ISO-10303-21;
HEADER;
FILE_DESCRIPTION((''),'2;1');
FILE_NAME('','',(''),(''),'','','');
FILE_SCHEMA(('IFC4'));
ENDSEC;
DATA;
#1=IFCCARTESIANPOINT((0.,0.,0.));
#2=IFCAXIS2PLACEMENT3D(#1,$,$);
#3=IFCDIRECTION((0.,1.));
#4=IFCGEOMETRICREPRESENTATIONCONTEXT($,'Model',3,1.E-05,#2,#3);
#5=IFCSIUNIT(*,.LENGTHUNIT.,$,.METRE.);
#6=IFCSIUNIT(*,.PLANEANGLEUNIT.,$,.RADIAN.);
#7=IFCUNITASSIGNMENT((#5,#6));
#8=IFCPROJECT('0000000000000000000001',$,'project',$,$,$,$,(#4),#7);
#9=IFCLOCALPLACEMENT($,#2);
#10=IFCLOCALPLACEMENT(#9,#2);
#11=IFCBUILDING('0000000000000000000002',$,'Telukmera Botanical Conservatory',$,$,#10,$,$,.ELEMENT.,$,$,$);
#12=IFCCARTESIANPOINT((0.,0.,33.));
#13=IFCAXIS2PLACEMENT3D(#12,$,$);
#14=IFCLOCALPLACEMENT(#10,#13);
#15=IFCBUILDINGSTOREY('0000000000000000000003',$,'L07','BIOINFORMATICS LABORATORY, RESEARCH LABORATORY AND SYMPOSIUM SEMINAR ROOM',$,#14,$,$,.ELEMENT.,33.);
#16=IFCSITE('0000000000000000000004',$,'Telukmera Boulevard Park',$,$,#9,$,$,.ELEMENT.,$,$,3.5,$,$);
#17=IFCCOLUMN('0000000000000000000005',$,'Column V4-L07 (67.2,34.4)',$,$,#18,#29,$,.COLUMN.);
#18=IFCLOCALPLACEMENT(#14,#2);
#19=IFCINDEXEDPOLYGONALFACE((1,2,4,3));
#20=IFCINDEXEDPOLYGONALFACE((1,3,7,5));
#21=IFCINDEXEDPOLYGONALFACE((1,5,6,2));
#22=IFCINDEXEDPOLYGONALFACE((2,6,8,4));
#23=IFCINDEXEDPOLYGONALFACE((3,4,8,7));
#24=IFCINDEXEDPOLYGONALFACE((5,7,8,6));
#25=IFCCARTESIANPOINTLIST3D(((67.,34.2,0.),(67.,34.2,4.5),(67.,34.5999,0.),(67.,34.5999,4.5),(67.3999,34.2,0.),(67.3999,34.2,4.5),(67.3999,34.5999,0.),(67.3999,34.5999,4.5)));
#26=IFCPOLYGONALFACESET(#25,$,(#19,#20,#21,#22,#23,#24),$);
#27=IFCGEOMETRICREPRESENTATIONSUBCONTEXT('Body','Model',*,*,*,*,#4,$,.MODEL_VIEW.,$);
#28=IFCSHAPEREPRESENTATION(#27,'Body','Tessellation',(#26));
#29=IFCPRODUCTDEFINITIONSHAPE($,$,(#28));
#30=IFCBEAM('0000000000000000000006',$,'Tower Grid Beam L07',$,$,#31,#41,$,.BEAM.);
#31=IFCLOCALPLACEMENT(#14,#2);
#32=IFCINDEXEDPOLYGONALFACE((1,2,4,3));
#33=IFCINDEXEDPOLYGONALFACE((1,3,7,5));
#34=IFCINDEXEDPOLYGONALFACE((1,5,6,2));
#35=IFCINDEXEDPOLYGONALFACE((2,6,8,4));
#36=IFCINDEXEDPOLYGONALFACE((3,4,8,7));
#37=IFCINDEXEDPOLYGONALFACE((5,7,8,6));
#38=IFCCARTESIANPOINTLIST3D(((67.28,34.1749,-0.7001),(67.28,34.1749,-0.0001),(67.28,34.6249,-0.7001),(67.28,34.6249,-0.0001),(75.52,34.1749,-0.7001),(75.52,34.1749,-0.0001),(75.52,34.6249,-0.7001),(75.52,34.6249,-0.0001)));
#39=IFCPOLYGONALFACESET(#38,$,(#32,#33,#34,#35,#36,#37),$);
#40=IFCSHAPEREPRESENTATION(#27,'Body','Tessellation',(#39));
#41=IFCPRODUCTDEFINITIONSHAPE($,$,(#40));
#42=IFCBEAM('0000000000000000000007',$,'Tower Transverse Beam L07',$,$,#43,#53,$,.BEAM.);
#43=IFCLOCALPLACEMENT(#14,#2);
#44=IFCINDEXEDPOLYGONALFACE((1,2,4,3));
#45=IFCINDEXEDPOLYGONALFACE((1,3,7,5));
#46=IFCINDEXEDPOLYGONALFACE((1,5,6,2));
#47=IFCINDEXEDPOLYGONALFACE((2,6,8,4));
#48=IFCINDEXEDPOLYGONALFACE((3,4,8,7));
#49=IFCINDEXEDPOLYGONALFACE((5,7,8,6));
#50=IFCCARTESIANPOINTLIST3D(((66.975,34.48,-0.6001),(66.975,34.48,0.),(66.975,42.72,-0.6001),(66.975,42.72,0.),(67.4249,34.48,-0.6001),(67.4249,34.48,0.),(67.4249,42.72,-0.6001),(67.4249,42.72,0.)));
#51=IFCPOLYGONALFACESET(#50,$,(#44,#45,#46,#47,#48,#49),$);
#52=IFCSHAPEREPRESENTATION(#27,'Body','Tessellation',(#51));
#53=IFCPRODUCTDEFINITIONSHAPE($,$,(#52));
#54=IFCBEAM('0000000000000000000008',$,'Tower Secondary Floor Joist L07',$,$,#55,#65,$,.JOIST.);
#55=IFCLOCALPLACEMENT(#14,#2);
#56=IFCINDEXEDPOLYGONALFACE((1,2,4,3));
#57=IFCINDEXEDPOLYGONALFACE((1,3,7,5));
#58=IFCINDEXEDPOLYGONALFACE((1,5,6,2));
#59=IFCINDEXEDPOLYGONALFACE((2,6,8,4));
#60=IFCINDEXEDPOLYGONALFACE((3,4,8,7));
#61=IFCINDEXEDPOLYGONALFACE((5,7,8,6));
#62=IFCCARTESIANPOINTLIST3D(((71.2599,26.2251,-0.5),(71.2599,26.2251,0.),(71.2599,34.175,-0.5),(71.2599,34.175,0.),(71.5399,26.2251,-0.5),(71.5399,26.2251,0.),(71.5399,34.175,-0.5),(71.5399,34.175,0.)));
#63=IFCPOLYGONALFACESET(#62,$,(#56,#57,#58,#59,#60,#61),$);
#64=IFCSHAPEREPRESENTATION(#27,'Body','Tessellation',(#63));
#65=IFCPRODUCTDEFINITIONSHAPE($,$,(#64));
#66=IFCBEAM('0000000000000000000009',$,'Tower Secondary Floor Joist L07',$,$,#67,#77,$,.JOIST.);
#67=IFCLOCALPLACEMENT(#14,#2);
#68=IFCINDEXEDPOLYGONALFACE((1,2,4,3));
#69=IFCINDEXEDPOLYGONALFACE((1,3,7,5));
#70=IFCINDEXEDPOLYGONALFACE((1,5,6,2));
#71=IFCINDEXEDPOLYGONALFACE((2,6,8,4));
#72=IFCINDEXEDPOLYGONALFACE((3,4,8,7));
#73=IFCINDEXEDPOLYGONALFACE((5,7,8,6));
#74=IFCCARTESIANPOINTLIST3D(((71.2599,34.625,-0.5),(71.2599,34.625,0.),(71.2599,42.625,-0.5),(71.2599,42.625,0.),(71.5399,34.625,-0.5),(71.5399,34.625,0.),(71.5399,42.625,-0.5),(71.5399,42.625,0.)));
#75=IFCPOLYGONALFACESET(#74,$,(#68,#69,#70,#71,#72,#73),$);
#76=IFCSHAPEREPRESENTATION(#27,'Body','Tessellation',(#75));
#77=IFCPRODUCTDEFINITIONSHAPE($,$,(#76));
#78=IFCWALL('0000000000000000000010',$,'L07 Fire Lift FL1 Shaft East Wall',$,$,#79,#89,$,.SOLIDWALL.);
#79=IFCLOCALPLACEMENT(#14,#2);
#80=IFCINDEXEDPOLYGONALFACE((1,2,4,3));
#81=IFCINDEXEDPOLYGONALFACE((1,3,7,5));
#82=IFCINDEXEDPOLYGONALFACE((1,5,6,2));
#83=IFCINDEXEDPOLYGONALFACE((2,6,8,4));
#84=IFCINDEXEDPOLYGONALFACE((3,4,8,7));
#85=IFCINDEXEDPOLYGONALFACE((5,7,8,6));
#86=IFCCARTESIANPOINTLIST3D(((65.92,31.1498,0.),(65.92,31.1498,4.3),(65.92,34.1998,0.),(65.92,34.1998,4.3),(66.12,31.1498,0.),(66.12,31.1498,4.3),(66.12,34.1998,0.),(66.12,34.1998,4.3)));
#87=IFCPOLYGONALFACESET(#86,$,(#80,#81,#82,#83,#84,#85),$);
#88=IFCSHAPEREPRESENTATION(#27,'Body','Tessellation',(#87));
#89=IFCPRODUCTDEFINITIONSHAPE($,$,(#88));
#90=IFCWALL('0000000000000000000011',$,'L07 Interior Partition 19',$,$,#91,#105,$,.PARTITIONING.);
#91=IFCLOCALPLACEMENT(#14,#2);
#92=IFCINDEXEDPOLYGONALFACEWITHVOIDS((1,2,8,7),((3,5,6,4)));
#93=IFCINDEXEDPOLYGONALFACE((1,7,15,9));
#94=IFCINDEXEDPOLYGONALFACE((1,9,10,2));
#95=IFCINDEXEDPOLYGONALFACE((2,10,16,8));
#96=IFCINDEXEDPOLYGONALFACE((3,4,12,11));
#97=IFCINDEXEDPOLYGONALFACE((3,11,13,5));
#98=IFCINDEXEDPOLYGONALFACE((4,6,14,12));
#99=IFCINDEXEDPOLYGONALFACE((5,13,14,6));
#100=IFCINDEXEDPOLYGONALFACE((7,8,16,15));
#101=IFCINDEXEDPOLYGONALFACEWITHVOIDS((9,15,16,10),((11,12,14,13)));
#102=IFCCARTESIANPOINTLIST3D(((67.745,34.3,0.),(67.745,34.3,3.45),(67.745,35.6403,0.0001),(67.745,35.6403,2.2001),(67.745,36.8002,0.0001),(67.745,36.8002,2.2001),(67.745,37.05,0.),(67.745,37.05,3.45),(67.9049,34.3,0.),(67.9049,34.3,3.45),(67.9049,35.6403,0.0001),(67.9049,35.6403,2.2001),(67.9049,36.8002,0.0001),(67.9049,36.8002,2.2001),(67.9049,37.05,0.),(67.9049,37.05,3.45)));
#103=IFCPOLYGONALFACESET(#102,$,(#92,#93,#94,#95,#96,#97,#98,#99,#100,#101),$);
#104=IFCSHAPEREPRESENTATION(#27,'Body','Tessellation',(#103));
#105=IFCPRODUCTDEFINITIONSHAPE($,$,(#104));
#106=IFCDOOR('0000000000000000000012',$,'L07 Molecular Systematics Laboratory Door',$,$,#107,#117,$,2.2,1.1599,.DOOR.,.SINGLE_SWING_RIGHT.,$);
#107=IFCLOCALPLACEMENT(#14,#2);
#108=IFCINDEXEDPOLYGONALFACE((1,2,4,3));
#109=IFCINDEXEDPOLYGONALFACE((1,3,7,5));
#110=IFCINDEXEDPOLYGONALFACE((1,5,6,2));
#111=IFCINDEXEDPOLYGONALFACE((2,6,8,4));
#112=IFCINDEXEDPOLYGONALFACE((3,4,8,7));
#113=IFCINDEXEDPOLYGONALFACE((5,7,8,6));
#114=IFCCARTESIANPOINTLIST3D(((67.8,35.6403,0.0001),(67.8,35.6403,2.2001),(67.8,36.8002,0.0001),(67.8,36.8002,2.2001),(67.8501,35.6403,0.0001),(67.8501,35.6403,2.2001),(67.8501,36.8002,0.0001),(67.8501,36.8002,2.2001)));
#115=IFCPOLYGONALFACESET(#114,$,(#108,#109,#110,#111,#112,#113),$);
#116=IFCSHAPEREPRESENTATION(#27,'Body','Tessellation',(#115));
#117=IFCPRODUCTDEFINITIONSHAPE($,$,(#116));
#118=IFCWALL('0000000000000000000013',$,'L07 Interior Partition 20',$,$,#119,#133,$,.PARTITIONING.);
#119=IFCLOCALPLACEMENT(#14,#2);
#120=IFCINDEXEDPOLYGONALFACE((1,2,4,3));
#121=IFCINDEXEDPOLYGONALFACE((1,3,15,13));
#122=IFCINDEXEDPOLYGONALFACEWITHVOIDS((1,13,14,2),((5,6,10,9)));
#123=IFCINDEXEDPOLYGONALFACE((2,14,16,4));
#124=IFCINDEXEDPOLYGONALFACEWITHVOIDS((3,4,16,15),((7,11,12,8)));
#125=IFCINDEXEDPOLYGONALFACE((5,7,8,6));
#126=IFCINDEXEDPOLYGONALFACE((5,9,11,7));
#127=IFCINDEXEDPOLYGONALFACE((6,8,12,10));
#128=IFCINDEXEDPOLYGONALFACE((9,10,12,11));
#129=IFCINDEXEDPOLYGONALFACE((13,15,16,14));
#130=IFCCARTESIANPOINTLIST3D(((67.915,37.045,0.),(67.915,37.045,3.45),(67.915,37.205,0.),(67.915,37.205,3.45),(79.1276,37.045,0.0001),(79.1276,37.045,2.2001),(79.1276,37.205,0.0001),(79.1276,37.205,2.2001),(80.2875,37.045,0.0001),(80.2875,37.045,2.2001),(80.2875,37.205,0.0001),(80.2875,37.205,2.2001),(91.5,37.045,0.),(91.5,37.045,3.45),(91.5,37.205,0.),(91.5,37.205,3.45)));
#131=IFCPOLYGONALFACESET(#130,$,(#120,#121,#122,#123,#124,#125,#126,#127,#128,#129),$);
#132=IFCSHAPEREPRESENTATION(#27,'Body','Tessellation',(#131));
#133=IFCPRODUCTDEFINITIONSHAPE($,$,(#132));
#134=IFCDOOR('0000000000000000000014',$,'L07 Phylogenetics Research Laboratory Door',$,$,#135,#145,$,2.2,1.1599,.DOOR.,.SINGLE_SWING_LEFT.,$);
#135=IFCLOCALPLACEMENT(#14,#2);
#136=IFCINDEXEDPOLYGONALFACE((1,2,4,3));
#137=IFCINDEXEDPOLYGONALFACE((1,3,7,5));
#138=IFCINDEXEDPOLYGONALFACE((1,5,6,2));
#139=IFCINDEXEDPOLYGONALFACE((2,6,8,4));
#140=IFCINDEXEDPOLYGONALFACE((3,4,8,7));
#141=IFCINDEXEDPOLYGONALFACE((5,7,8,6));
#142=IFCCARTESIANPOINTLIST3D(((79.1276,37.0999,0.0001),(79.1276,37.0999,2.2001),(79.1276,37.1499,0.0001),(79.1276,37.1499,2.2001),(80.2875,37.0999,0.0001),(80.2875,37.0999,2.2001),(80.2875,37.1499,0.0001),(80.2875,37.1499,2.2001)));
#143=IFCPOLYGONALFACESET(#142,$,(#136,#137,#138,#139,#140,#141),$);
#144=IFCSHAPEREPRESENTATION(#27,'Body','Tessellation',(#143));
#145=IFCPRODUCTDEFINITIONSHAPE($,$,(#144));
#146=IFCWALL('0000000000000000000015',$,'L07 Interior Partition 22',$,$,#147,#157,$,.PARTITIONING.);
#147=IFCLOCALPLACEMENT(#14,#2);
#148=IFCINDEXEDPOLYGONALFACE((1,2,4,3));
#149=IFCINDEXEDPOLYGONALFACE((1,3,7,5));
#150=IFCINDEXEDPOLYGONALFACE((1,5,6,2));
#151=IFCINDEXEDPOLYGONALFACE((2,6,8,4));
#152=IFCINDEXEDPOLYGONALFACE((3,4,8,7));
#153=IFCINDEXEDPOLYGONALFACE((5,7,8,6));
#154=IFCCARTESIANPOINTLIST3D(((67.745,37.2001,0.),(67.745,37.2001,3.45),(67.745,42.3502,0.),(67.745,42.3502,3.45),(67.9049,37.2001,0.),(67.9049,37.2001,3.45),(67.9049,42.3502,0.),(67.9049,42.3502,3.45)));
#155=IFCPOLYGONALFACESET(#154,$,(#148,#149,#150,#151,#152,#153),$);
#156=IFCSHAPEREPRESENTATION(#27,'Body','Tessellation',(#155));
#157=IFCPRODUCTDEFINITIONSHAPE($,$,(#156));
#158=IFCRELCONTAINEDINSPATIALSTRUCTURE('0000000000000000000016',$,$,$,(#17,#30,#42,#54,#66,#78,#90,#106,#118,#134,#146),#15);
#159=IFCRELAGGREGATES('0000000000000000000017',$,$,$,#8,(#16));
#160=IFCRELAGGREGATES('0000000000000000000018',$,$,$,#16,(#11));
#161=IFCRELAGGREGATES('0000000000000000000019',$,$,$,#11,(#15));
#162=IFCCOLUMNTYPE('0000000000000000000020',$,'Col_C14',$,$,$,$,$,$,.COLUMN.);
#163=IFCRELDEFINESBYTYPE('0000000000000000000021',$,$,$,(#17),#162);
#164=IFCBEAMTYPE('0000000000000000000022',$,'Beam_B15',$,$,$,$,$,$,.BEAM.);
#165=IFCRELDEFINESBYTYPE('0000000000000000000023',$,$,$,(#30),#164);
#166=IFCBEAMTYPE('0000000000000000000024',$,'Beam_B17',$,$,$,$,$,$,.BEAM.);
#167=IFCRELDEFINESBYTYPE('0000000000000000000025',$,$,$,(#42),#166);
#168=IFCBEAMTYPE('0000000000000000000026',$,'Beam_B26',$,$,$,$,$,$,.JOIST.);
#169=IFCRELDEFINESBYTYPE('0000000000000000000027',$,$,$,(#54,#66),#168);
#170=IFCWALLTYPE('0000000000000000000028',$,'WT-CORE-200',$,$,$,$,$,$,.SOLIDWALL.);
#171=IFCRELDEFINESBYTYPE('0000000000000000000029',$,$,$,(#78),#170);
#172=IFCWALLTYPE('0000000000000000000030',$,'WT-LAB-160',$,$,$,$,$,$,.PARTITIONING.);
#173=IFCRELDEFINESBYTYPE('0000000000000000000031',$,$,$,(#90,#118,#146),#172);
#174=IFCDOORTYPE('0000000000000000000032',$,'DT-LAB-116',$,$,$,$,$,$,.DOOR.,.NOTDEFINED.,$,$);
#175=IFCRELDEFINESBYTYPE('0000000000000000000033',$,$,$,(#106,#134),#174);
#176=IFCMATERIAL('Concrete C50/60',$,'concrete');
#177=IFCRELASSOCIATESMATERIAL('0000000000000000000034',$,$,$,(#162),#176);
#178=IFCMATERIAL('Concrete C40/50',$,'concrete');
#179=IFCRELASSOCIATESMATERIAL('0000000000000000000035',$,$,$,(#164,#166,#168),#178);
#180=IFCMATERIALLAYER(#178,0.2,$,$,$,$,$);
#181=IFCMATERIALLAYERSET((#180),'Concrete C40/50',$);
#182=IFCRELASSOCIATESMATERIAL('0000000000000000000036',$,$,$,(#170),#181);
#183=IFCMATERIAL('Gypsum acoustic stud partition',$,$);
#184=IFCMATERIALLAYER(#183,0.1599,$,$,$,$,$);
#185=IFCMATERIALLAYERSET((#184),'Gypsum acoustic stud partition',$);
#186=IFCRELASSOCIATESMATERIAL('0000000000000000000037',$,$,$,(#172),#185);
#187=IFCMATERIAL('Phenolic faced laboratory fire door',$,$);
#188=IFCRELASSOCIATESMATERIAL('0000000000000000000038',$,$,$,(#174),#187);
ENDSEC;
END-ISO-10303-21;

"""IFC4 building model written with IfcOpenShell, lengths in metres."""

from ifc_helpers import new_model, si_unit, direction, frame, frame_2d, origin, origin_2d, place, context, subcontext, project, spatial, rectangle, extrude, material, layer, layer_set, material_profile, profile_set, type_object, element, fill, save


model = new_model("IFC4")

# Units and contexts
model_context = context("Model", 3, precision=1e-05, world=origin(), true_north=direction((0.0, 1.0)))
body_context = subcontext(model_context, "Body", "Model", "MODEL_VIEW")
ifc_project = project(units=[si_unit("LENGTHUNIT", "METRE"), si_unit("PLANEANGLEUNIT", "RADIAN")], contexts=[model_context])

# Site, building, storey
site_placement = place(None, origin())
site = spatial("IfcSite", under=ifc_project, at=site_placement, Name="Telukmera Boulevard Park", CompositionType="ELEMENT", RefElevation=3.5)
building_placement = place(site_placement, origin())
building = spatial("IfcBuilding", under=site, at=building_placement, Name="Telukmera Botanical Conservatory", CompositionType="ELEMENT")
storey_placement = place(building_placement, frame((0.0, 0.0, 33.0)))
storey = spatial("IfcBuildingStorey", under=building, at=storey_placement, Name="L07", Description="BIOINFORMATICS LABORATORY, RESEARCH LABORATORY AND SYMPOSIUM SEMINAR ROOM", CompositionType="ELEMENT", Elevation=33.0)

# Column
ifc_material_1 = material(Name="Concrete C50/60", Category="concrete")
ifc_material_profile_1 = material_profile(ifc_material_1, rectangle(XDim=0.3999, YDim=0.3999, at=origin_2d()), Name="RC 400x400")
ifc_profile_set_1 = profile_set([ifc_material_profile_1], Name="Concrete C50/60")
column_type = type_object("IfcColumnType", Name="Col_C14", PredefinedType="COLUMN", material=ifc_profile_set_1)
column_placement = place(storey_placement, frame((67.2, 34.3999, 0.0), z_axis=(0.0, 0.0, 1.0), x_axis=(1.0, 0.0, 0.0)))
element("IfcColumn", 1, at=column_placement, inside=storey, type_object=column_type, Name="Column V4-L07 (67.2,34.4)", PredefinedType="COLUMN", context=body_context, shape_type="SweptSolid", body=[
    extrude(rectangle(XDim=0.3999, YDim=0.3999, at=origin_2d()), origin(), (0.0, 0.0, 1.0), 4.5),
])

# Beams
ifc_material_2 = material(Name="Concrete C40/50", Category="concrete")
ifc_material_profile_2 = material_profile(ifc_material_2, rectangle(XDim=0.45, YDim=0.7, at=origin_2d()), Name="RC 450x700")
ifc_profile_set_2 = profile_set([ifc_material_profile_2], Name="Concrete C40/50")
beam_type_1 = type_object("IfcBeamType", Name="Beam_B15", PredefinedType="BEAM", material=ifc_profile_set_2)
beam_1_placement = place(storey_placement, frame((67.28, 34.3999, -0.3501), z_axis=(1.0, 0.0, 0.0), x_axis=(0.0, 1.0, 0.0)))
element("IfcBeam", 2, at=beam_1_placement, inside=storey, type_object=beam_type_1, Name="Tower Grid Beam L07", PredefinedType="BEAM", context=body_context, shape_type="SweptSolid", body=[
    extrude(rectangle(XDim=0.45, YDim=0.7, at=origin_2d()), origin(), (0.0, 0.0, 1.0), 8.24),
])
ifc_material_profile_3 = material_profile(ifc_material_2, rectangle(XDim=0.45, YDim=0.6001, at=origin_2d()), Name="RC 450x600")
ifc_profile_set_3 = profile_set([ifc_material_profile_3], Name="Concrete C40/50")
beam_type_2 = type_object("IfcBeamType", Name="Beam_B17", PredefinedType="BEAM", material=ifc_profile_set_3)
beam_2_placement = place(storey_placement, frame((67.2, 34.48, -0.3), z_axis=(0.0, 1.0, 0.0), x_axis=(-1.0, 0.0, 0.0)))
element("IfcBeam", 3, at=beam_2_placement, inside=storey, type_object=beam_type_2, Name="Tower Transverse Beam L07", PredefinedType="BEAM", context=body_context, shape_type="SweptSolid", body=[
    extrude(rectangle(XDim=0.45, YDim=0.6001, at=origin_2d()), origin(), (0.0, 0.0, 1.0), 8.24),
])
ifc_material_profile_4 = material_profile(ifc_material_2, rectangle(XDim=0.28, YDim=0.5, at=origin_2d()), Name="RC 280x500")
ifc_profile_set_4 = profile_set([ifc_material_profile_4], Name="Concrete C40/50")
beam_type_3 = type_object("IfcBeamType", Name="Beam_B26", PredefinedType="JOIST", material=ifc_profile_set_4)
beam_3_placement = place(storey_placement, frame((71.3999, 26.2251, -0.25), z_axis=(0.0, 1.0, 0.0), x_axis=(-1.0, 0.0, 0.0)))
element("IfcBeam", 4, at=beam_3_placement, inside=storey, type_object=beam_type_3, Name="Tower Secondary Floor Joist L07", PredefinedType="JOIST", context=body_context, shape_type="SweptSolid", body=[
    extrude(rectangle(XDim=0.28, YDim=0.5, at=origin_2d()), origin(), (0.0, 0.0, 1.0), 7.95),
])
beam_4_placement = place(storey_placement, frame((71.3999, 34.625, -0.25), z_axis=(0.0, 1.0, 0.0), x_axis=(-1.0, 0.0, 0.0)))
element("IfcBeam", 5, at=beam_4_placement, inside=storey, type_object=beam_type_3, Name="Tower Secondary Floor Joist L07", PredefinedType="JOIST", context=body_context, shape_type="SweptSolid", body=[
    extrude(rectangle(XDim=0.28, YDim=0.5, at=origin_2d()), origin(), (0.0, 0.0, 1.0), 8.0),
])

# Wall
ifc_layer_1 = layer(ifc_material_2, 0.2)
ifc_layer_set_1 = layer_set([ifc_layer_1], Name="Concrete C40/50")
wall_type_1 = type_object("IfcWallType", Name="WT-CORE-200", PredefinedType="SOLIDWALL", material=ifc_layer_set_1)
wall_1_placement = place(storey_placement, frame((66.02, 31.1499, 0.0), z_axis=(0.0, 0.0, 1.0), x_axis=(0.0, 1.0, 0.0)))
element("IfcWall", 6, at=wall_1_placement, inside=storey, type_object=wall_type_1, Name="L07 Fire Lift FL1 Shaft East Wall", PredefinedType="SOLIDWALL", context=body_context, shape_type="SweptSolid", body=[
    extrude(rectangle(XDim=3.05, YDim=0.2, at=frame_2d((1.5249, 0.0))), origin(), (0.0, 0.0, 1.0), 4.3),
])

# Walls, openings, doors
ifc_material_3 = material(Name="Gypsum acoustic stud partition")
ifc_layer_2 = layer(ifc_material_3, 0.1599)
ifc_layer_set_2 = layer_set([ifc_layer_2], Name="Gypsum acoustic stud partition")
wall_type_2 = type_object("IfcWallType", Name="WT-LAB-160", PredefinedType="PARTITIONING", material=ifc_layer_set_2)
wall_2_placement = place(storey_placement, frame((67.825, 34.3, 0.0), z_axis=(0.0, 0.0, 1.0), x_axis=(0.0, 1.0, 0.0)))
wall_2 = element("IfcWall", 7, at=wall_2_placement, inside=storey, type_object=wall_type_2, Name="L07 Interior Partition 19", PredefinedType="PARTITIONING", context=body_context, shape_type="SweptSolid", body=[
    extrude(rectangle(XDim=2.75, YDim=0.1599, at=frame_2d((1.375, 0.0))), origin(), (0.0, 0.0, 1.0), 3.45),
])
opening_1_placement = place(wall_2_placement, frame((1.3401, 0.0, 0.0)))
opening_1 = element("IfcOpeningElement", 8, at=opening_1_placement, cuts=wall_2, PredefinedType="OPENING", context=body_context, shape_type="SweptSolid", body=[
    extrude(rectangle(XDim=1.1599, YDim=2.2, at=frame_2d((0.5801, 1.1001))), frame((0.0, 0.0898, 0.0), z_axis=(0.0, -1.0, 0.0), x_axis=(1.0, 0.0, 0.0)), (0.0, 0.0, 1.0), 0.1799),
])
ifc_material_4 = material(Name="Phenolic faced laboratory fire door")
door_type_1 = type_object("IfcDoorType", Name="DT-LAB-116", OperationType="NOTDEFINED", PredefinedType="DOOR", material=ifc_material_4)
door_1_placement = place(opening_1_placement, origin())
door_1 = element("IfcDoor", 9, at=door_1_placement, inside=storey, type_object=door_type_1, Name="L07 Molecular Systematics Laboratory Door", OperationType="SINGLE_SWING_RIGHT", OverallHeight=2.2, OverallWidth=1.1599, PredefinedType="DOOR", context=body_context, shape_type="SweptSolid", body=[
    extrude(rectangle(XDim=1.1599, YDim=2.2, at=frame_2d((0.5801, 1.1001))), frame((0.0, 0.0249, 0.0), z_axis=(0.0, -1.0, 0.0), x_axis=(1.0, 0.0, 0.0)), (0.0, 0.0, 1.0), 0.05),
])
fill(opening_1, door_1)
wall_3_placement = place(storey_placement, frame((67.915, 37.125, 0.0), z_axis=(0.0, 0.0, 1.0), x_axis=(1.0, 0.0, 0.0)))
wall_3 = element("IfcWall", 10, at=wall_3_placement, inside=storey, type_object=wall_type_2, Name="L07 Interior Partition 20", PredefinedType="PARTITIONING", context=body_context, shape_type="SweptSolid", body=[
    extrude(rectangle(XDim=23.585, YDim=0.1599, at=frame_2d((11.7925, 0.0))), origin(), (0.0, 0.0, 1.0), 3.45),
])
opening_2_placement = place(wall_3_placement, frame((11.2124, 0.0, 0.0)))
opening_2 = element("IfcOpeningElement", 11, at=opening_2_placement, cuts=wall_3, PredefinedType="OPENING", context=body_context, shape_type="SweptSolid", body=[
    extrude(rectangle(XDim=1.1599, YDim=2.2, at=frame_2d((0.5801, 1.1001))), frame((0.0, 0.0898, 0.0), z_axis=(0.0, -1.0, 0.0), x_axis=(1.0, 0.0, 0.0)), (0.0, 0.0, 1.0), 0.1799),
])
door_2_placement = place(opening_2_placement, origin())
door_2 = element("IfcDoor", 12, at=door_2_placement, inside=storey, type_object=door_type_1, Name="L07 Phylogenetics Research Laboratory Door", OperationType="SINGLE_SWING_LEFT", OverallHeight=2.2, OverallWidth=1.1599, PredefinedType="DOOR", context=body_context, shape_type="SweptSolid", body=[
    extrude(rectangle(XDim=1.1599, YDim=2.2, at=frame_2d((0.5801, 1.1001))), frame((0.0, 0.0249, 0.0), z_axis=(0.0, -1.0, 0.0), x_axis=(1.0, 0.0, 0.0)), (0.0, 0.0, 1.0), 0.05),
])
fill(opening_2, door_2)

# Wall
wall_4_placement = place(storey_placement, frame((67.825, 37.2, 0.0), z_axis=(0.0, 0.0, 1.0), x_axis=(0.0, 1.0, 0.0)))
element("IfcWall", 13, at=wall_4_placement, inside=storey, type_object=wall_type_2, Name="L07 Interior Partition 22", PredefinedType="PARTITIONING", context=body_context, shape_type="SweptSolid", body=[
    extrude(rectangle(XDim=5.1501, YDim=0.1599, at=frame_2d((2.5752, 0.0))), origin(), (0.0, 0.0, 1.0), 3.45),
])

save(model, "model.ifc")
